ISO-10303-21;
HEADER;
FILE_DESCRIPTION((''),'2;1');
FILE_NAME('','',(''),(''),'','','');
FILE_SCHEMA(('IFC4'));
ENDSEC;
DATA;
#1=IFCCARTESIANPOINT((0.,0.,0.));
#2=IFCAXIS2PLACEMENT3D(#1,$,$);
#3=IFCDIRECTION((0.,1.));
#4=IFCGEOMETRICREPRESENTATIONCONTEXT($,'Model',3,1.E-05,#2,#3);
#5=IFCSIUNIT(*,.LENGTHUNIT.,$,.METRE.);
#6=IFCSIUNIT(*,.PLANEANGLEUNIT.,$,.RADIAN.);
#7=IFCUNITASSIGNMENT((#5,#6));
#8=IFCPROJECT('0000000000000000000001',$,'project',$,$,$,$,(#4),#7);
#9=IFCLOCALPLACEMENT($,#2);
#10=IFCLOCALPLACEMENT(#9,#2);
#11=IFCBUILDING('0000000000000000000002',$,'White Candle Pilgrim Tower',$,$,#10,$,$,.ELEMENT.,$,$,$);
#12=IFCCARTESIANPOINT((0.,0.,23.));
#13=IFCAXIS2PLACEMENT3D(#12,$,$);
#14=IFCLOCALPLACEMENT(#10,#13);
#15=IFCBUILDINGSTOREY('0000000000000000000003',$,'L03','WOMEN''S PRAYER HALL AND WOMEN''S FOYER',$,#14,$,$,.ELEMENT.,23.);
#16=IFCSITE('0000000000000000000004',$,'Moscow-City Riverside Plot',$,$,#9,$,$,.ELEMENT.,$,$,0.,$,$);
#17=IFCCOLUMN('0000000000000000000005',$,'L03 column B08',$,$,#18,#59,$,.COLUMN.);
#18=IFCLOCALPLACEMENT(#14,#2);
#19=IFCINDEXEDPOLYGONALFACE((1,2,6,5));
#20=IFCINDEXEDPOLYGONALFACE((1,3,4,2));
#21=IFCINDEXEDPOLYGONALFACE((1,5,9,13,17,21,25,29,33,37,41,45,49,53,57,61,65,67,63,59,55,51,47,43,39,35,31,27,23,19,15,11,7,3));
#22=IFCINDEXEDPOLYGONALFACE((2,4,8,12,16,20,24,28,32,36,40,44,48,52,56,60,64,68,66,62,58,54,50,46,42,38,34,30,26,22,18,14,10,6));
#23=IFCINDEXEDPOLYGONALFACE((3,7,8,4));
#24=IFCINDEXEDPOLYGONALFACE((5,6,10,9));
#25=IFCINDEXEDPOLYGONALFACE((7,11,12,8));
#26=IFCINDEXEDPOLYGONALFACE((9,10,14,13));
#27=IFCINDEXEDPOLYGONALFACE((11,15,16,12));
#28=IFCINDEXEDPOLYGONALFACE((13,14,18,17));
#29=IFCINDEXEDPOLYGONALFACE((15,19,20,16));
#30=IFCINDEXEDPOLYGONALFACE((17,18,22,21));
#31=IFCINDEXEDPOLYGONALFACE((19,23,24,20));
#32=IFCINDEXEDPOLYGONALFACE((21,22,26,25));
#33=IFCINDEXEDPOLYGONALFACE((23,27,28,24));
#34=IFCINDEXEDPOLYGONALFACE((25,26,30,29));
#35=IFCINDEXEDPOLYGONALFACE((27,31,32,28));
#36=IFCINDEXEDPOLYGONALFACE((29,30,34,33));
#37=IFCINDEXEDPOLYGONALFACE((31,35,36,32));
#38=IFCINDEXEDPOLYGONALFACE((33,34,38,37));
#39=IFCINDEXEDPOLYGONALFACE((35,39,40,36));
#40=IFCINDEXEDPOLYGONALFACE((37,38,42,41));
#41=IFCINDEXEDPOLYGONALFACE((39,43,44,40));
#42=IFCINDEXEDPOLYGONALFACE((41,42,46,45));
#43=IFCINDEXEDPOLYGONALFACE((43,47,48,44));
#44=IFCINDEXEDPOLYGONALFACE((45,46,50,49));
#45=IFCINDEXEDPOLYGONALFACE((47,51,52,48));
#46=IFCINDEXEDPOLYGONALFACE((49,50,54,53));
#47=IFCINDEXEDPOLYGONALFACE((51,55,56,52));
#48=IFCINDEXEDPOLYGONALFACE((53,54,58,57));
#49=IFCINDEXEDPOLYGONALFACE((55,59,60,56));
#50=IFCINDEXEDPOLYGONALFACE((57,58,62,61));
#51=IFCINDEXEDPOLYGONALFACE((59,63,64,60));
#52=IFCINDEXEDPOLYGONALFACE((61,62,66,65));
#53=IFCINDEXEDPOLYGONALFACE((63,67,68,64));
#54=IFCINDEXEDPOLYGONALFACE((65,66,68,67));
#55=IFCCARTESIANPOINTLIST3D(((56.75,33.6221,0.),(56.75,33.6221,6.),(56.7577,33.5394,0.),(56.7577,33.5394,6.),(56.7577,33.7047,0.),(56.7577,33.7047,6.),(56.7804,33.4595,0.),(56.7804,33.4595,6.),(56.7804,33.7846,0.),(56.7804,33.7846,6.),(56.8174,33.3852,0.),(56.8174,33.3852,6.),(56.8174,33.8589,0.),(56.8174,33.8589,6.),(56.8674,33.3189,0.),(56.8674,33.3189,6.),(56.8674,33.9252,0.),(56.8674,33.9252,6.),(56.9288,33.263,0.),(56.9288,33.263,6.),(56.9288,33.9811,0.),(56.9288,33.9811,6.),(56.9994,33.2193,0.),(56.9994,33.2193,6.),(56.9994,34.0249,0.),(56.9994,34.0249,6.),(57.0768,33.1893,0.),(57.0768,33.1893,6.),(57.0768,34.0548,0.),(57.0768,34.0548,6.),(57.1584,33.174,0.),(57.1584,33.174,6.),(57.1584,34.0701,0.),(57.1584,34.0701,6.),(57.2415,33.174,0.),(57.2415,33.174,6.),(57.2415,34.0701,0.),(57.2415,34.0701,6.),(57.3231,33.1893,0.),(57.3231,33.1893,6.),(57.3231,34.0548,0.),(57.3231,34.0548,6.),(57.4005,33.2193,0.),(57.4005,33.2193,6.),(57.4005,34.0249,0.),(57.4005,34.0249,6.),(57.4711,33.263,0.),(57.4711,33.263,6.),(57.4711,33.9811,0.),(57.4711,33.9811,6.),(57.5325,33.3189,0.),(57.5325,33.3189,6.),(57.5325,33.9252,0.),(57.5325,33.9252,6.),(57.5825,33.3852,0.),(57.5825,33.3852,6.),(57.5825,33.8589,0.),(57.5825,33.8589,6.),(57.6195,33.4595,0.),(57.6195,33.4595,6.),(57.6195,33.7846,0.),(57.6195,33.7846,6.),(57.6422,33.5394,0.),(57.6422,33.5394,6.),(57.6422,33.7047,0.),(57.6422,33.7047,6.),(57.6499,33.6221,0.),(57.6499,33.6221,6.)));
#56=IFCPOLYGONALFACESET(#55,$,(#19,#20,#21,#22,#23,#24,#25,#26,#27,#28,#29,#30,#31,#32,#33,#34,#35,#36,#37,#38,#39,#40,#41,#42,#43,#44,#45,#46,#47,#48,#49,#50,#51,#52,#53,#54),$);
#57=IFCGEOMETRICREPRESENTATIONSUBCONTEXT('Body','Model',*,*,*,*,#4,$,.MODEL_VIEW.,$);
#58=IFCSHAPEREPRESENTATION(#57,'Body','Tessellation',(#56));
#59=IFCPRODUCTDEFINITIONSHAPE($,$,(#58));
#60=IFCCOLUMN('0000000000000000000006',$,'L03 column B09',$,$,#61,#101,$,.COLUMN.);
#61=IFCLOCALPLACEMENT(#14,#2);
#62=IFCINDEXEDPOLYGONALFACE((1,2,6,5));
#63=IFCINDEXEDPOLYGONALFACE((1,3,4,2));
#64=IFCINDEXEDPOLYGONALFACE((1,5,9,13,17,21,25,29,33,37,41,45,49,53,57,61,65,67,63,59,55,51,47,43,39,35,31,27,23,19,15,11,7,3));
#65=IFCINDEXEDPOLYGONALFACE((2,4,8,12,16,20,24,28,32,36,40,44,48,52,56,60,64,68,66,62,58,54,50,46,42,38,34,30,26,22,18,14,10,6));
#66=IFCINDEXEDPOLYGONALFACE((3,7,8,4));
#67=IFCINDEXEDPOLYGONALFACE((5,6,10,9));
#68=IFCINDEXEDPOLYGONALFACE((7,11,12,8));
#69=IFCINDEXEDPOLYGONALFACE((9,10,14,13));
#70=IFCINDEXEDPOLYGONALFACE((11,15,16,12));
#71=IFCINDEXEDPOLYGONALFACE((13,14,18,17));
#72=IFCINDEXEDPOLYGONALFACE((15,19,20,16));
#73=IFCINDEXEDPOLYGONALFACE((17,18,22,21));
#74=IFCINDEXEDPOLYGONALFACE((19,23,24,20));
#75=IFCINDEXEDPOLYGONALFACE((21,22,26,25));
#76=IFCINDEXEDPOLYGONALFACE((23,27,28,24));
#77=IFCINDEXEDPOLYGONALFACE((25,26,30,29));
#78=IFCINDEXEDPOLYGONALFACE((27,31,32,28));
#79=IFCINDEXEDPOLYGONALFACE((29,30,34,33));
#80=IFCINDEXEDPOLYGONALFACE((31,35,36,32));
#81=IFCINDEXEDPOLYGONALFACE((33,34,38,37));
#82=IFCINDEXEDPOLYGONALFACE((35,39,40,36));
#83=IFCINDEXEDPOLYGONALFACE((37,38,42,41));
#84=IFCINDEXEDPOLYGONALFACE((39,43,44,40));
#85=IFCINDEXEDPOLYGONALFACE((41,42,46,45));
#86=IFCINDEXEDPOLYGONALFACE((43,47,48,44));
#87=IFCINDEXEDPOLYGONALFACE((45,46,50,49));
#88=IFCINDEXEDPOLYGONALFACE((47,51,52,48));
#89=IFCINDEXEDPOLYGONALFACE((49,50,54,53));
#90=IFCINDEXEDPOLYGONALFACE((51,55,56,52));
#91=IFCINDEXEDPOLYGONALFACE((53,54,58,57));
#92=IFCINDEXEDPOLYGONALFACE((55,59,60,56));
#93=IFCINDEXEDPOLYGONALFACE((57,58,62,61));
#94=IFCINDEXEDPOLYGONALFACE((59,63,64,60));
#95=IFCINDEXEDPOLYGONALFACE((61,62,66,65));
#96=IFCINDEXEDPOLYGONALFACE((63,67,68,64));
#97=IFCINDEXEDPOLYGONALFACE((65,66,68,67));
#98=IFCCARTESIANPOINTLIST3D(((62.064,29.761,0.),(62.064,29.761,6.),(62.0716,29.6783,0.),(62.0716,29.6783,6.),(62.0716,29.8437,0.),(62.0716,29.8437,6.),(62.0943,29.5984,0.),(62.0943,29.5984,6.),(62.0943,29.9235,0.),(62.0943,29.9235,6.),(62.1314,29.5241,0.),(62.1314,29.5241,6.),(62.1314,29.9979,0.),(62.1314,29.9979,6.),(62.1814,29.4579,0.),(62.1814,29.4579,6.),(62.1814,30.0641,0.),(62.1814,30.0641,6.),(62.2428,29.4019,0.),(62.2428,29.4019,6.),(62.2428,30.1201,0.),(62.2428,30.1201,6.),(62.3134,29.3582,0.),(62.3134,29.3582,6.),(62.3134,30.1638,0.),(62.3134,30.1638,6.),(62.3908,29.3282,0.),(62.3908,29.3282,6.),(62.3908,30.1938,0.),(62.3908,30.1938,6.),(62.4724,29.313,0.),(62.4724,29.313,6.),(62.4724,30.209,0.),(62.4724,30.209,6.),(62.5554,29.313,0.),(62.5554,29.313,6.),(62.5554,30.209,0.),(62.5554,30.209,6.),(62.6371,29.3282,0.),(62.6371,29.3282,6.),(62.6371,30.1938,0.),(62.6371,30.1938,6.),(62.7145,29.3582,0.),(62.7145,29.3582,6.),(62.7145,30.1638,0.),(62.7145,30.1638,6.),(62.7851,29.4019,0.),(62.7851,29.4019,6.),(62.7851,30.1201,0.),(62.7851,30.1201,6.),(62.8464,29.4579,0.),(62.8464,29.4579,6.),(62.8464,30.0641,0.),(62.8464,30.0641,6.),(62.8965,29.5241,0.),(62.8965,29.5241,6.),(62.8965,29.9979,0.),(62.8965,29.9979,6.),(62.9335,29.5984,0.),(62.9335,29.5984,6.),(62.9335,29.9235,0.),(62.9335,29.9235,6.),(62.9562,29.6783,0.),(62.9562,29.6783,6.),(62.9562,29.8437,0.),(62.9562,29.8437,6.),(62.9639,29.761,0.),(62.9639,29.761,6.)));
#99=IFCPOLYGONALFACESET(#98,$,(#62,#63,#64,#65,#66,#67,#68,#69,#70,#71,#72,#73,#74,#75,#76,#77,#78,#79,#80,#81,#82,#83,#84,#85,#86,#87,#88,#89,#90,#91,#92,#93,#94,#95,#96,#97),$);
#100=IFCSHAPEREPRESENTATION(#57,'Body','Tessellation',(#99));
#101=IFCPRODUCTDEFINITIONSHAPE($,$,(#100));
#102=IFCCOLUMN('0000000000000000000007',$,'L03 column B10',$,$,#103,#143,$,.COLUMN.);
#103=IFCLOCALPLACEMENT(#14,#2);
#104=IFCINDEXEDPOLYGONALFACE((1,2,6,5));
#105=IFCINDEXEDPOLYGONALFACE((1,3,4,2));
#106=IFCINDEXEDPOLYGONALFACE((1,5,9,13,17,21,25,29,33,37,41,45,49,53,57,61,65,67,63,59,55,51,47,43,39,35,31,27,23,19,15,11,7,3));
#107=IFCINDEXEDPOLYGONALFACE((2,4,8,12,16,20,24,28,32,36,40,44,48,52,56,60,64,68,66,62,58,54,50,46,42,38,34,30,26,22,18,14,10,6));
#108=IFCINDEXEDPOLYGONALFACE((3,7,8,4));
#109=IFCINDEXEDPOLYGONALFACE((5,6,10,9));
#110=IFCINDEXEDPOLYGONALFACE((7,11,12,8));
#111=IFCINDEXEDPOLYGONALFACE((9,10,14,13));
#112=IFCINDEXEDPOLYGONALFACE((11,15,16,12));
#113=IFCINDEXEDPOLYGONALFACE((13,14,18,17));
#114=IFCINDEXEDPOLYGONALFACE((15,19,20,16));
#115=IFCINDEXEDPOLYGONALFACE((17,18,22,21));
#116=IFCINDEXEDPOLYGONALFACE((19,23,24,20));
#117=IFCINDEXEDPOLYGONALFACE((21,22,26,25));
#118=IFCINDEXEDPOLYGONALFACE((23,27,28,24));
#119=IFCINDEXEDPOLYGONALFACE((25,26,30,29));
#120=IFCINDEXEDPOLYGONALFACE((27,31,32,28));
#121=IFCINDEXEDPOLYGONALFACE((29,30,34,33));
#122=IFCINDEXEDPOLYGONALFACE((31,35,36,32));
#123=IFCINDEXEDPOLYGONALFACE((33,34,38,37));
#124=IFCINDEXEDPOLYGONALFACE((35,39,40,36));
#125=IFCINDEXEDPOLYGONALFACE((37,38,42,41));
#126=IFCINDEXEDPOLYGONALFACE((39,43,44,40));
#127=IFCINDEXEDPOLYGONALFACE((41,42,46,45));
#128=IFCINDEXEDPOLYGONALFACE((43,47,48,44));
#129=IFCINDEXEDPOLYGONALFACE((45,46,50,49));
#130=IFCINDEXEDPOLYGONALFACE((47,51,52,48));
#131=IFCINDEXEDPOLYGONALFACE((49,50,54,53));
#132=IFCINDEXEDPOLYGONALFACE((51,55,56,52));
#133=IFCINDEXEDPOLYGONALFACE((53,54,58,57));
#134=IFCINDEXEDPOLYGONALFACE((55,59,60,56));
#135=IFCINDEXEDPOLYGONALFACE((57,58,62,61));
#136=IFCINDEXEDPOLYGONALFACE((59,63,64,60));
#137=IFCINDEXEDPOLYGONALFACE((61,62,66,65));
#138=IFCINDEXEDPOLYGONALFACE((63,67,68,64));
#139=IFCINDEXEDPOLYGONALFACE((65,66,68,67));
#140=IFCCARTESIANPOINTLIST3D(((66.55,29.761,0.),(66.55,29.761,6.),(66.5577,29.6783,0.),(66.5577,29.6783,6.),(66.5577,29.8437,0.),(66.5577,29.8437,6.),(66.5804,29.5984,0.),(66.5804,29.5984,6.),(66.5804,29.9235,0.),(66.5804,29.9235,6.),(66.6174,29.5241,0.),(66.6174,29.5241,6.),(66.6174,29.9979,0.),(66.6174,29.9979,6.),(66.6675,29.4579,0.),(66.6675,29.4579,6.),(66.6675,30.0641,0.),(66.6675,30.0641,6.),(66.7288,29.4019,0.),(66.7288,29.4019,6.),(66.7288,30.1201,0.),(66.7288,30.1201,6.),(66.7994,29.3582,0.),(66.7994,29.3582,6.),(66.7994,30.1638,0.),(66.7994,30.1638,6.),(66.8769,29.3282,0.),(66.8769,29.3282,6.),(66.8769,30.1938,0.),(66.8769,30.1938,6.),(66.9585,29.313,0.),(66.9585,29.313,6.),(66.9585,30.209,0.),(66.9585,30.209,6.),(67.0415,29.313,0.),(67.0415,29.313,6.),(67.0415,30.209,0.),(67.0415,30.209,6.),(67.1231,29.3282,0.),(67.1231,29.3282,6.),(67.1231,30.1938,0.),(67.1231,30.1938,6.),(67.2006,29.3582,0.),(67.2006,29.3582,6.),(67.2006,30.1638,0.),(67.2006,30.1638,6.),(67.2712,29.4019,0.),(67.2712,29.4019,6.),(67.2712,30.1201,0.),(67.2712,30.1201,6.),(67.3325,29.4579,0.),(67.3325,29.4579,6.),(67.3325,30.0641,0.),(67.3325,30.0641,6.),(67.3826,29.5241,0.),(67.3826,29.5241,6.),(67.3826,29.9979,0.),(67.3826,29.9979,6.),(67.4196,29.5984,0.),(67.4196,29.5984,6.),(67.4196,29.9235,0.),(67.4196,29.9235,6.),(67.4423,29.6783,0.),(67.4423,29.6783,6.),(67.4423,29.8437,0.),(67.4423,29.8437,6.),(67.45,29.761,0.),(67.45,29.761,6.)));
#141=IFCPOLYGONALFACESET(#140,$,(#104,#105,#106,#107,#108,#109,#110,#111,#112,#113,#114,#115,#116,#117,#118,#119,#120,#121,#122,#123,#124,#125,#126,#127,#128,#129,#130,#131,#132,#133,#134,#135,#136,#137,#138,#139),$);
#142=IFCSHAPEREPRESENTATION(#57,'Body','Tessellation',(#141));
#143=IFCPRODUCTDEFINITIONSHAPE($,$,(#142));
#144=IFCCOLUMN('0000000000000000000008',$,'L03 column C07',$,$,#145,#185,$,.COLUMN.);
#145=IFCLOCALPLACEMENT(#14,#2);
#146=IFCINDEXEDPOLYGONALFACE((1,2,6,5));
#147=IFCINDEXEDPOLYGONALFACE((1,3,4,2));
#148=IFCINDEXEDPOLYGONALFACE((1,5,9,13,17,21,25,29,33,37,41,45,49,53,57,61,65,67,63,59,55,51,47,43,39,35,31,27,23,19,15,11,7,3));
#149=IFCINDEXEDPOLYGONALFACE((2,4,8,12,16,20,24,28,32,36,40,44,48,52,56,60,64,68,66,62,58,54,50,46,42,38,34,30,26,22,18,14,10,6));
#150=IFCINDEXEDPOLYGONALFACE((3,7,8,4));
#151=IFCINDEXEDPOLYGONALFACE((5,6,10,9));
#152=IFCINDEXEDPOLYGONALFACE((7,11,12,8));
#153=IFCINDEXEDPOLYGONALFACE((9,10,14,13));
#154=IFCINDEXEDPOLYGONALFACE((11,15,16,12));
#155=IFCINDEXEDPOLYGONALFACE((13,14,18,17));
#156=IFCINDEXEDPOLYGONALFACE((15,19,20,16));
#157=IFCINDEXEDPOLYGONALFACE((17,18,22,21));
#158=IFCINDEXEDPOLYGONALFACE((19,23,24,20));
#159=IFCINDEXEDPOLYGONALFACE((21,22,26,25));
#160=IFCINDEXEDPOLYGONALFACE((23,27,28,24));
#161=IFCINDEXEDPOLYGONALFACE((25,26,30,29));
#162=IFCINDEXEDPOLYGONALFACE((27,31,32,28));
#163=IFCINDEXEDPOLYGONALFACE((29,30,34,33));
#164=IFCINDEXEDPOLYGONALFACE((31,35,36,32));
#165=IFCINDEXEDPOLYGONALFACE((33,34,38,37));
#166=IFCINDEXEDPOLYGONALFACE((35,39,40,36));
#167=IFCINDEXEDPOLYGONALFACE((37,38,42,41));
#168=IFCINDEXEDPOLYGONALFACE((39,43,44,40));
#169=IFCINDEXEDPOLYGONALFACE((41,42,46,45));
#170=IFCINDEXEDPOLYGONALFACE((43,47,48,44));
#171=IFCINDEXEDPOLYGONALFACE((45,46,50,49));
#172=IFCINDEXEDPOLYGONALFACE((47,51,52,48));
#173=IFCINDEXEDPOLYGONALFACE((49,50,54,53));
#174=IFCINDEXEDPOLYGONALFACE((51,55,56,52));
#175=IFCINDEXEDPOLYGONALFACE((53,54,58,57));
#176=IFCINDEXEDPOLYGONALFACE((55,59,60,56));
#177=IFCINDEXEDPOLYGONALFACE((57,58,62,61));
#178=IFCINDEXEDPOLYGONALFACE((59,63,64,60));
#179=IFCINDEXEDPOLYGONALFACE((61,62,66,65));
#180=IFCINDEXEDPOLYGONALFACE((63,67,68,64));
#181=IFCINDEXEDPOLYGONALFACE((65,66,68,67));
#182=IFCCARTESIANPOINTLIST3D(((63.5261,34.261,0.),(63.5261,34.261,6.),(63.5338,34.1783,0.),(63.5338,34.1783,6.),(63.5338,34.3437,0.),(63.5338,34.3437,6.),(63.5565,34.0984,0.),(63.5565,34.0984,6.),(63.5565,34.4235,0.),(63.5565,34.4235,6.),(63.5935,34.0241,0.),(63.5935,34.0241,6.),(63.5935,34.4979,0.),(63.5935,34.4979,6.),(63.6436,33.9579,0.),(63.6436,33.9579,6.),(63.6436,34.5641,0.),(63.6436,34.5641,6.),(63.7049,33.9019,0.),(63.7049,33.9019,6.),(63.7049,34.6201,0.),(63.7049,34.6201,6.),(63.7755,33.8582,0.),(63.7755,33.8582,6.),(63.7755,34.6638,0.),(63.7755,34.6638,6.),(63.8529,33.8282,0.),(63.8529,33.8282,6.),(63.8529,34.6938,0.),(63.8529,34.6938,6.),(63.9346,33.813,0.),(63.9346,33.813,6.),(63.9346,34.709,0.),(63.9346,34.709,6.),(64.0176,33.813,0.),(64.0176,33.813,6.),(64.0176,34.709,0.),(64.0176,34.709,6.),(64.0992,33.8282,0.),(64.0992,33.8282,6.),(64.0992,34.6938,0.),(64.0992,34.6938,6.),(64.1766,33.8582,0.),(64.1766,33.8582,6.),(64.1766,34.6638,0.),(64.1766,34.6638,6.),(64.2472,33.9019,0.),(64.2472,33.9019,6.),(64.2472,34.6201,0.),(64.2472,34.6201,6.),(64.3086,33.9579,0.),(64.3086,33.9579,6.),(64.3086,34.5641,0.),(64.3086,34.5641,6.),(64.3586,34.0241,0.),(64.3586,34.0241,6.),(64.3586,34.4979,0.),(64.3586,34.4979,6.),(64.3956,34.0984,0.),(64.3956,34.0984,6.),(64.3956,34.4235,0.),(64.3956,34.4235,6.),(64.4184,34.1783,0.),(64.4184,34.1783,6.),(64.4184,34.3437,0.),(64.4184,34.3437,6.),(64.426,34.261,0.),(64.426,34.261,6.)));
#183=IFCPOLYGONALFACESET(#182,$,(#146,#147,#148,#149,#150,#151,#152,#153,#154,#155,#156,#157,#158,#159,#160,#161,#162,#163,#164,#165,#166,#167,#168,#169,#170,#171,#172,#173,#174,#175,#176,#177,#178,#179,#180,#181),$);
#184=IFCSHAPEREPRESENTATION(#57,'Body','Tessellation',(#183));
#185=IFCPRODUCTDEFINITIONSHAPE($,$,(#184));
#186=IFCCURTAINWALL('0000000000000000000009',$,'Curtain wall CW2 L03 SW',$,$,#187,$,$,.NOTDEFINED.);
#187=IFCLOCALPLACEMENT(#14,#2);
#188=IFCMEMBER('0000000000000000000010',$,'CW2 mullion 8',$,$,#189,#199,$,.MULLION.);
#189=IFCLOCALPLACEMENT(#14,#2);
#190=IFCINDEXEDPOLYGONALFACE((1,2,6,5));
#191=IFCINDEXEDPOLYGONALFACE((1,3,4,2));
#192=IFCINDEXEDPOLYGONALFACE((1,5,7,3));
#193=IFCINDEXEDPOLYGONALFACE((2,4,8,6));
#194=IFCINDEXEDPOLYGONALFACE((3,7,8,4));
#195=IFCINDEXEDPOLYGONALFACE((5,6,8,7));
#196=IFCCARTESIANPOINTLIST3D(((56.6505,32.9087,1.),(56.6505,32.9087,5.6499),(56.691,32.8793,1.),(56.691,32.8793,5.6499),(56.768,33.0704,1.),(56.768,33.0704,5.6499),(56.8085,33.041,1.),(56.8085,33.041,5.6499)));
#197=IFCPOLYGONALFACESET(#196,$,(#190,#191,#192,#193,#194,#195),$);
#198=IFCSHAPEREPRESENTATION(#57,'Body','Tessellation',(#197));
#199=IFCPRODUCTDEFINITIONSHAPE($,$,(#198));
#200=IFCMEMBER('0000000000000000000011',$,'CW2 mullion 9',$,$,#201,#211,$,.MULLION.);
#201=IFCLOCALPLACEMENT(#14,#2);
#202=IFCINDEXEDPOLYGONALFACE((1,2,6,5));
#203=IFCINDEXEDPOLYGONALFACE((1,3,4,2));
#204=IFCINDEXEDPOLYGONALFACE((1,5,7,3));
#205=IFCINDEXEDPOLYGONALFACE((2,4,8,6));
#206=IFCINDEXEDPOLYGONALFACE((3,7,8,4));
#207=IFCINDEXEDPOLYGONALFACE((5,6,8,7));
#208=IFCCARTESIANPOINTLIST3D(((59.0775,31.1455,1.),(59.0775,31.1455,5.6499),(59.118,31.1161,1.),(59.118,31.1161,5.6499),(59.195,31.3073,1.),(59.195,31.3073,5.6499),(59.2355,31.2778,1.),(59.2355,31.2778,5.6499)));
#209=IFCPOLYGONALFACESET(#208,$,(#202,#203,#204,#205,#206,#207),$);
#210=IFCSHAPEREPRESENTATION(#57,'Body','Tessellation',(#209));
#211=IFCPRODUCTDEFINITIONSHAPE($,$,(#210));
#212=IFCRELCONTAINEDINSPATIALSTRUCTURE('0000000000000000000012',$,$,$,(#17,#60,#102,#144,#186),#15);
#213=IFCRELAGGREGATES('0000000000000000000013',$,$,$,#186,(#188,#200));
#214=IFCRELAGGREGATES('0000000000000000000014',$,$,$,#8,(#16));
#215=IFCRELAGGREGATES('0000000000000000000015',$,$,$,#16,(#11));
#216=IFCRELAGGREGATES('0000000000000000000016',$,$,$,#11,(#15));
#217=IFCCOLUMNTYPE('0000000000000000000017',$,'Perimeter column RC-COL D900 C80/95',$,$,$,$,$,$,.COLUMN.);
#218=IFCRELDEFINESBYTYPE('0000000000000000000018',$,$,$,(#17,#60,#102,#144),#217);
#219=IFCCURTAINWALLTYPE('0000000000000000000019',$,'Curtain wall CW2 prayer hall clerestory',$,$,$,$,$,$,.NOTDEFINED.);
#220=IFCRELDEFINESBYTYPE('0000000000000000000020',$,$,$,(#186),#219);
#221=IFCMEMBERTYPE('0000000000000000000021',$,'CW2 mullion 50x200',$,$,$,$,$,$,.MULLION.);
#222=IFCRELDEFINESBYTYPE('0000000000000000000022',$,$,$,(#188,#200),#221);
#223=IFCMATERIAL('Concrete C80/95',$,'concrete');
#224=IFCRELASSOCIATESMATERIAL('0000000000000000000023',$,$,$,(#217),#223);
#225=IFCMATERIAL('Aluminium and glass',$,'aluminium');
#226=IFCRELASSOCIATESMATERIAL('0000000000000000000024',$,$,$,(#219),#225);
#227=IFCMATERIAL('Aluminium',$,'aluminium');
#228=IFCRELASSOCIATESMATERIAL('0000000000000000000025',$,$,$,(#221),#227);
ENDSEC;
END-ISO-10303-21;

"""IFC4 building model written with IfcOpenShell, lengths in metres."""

from ifc_helpers import new_model, si_unit, direction, frame, origin, origin_2d, place, context, subcontext, project, spatial, rectangle, circle, extrude, material, material_profile, profile_set, type_object, element, aggregate, save


model = new_model("IFC4")

# Units and contexts
model_context = context("Model", 3, precision=1e-05, world=origin(), true_north=direction((0.0, 1.0)))
body_context = subcontext(model_context, "Body", "Model", "MODEL_VIEW")
ifc_project = project(units=[si_unit("LENGTHUNIT", "METRE"), si_unit("PLANEANGLEUNIT", "RADIAN")], contexts=[model_context])

# Site, building, storey
site_placement = place(None, origin())
site = spatial("IfcSite", under=ifc_project, at=site_placement, Name="Moscow-City Riverside Plot", CompositionType="ELEMENT", RefElevation=0.0)
building_placement = place(site_placement, origin())
building = spatial("IfcBuilding", under=site, at=building_placement, Name="White Candle Pilgrim Tower", CompositionType="ELEMENT")
storey_placement = place(building_placement, frame((0.0, 0.0, 23.0)))
storey = spatial("IfcBuildingStorey", under=building, at=storey_placement, Name="L03", Description="WOMEN'S PRAYER HALL AND WOMEN'S FOYER", CompositionType="ELEMENT", Elevation=23.0)

# Columns
ifc_material_1 = material(Name="Concrete C80/95", Category="concrete")
ifc_material_profile_1 = material_profile(ifc_material_1, circle(Radius=0.45, at=origin_2d()), Name="RC-COL D900")
ifc_profile_set_1 = profile_set([ifc_material_profile_1], Name="Concrete C80/95")
column_type = type_object("IfcColumnType", Name="Perimeter column RC-COL D900 C80/95", PredefinedType="COLUMN", material=ifc_profile_set_1)
for number, where, z_axis, x_axis, name in (
    (1, (57.2, 33.6221, 0.0), (0.0, 0.0, 1.0), (1.0, 0.0, 0.0), "L03 column B08"),
    (2, (62.5139, 29.761, 0.0), (0.0, 0.0, 1.0), (1.0, 0.0, 0.0), "L03 column B09"),
    (3, (67.0, 29.761, 0.0), (0.0, 0.0, 1.0), (1.0, 0.0, 0.0), "L03 column B10"),
    (4, (63.9761, 34.261, 0.0), (0.0, 0.0, 1.0), (1.0, 0.0, 0.0), "L03 column C07"),
):
    element("IfcColumn", number, at=place(storey_placement, frame(where, z_axis=z_axis, x_axis=x_axis)), inside=storey, type_object=column_type, Name=name, PredefinedType="COLUMN", context=body_context, shape_type="SweptSolid", body=[
        extrude(circle(Radius=0.45, at=origin_2d()), origin(), (0.0, 0.0, 1.0), 6.0),
    ])

# Curtain wall, members
ifc_material_2 = material(Name="Aluminium and glass", Category="aluminium")
curtain_wall_type = type_object("IfcCurtainWallType", Name="Curtain wall CW2 prayer hall clerestory", PredefinedType="NOTDEFINED", material=ifc_material_2)
curtain_wall_1_placement = place(storey_placement, origin())
curtain_wall_1 = element("IfcCurtainWall", 5, at=curtain_wall_1_placement, inside=storey, type_object=curtain_wall_type, Name="Curtain wall CW2 L03 SW", PredefinedType="NOTDEFINED")
ifc_material_3 = material(Name="Aluminium", Category="aluminium")
ifc_material_profile_2 = material_profile(ifc_material_3, rectangle(XDim=0.2, YDim=0.05, at=origin_2d()), Name="CW2 mullion 50x200")
ifc_profile_set_2 = profile_set([ifc_material_profile_2], Name="Aluminium")
member_type_1 = type_object("IfcMemberType", Name="CW2 mullion 50x200", PredefinedType="MULLION", material=ifc_profile_set_2)
member_1_placement = place(storey_placement, frame((56.7295, 32.9749, 1.0), z_axis=(0.0, 0.0, 1.0), x_axis=(0.587785, 0.809017, 0.0)))
member_1 = element("IfcMember", 6, at=member_1_placement, type_object=member_type_1, Name="CW2 mullion 8", PredefinedType="MULLION", context=body_context, shape_type="SweptSolid", body=[
    extrude(rectangle(XDim=0.2, YDim=0.05, at=origin_2d()), origin(), (0.0, 0.0, 1.0), 4.6499),
])
member_2_placement = place(storey_placement, frame((59.1565, 31.2117, 1.0), z_axis=(0.0, 0.0, 1.0), x_axis=(0.587785, 0.809017, 0.0)))
member_2 = element("IfcMember", 7, at=member_2_placement, type_object=member_type_1, Name="CW2 mullion 9", PredefinedType="MULLION", context=body_context, shape_type="SweptSolid", body=[
    extrude(rectangle(XDim=0.2, YDim=0.05, at=origin_2d()), origin(), (0.0, 0.0, 1.0), 4.6499),
])

aggregate(curtain_wall_1, [member_1, member_2])

save(model, "model.ifc")
